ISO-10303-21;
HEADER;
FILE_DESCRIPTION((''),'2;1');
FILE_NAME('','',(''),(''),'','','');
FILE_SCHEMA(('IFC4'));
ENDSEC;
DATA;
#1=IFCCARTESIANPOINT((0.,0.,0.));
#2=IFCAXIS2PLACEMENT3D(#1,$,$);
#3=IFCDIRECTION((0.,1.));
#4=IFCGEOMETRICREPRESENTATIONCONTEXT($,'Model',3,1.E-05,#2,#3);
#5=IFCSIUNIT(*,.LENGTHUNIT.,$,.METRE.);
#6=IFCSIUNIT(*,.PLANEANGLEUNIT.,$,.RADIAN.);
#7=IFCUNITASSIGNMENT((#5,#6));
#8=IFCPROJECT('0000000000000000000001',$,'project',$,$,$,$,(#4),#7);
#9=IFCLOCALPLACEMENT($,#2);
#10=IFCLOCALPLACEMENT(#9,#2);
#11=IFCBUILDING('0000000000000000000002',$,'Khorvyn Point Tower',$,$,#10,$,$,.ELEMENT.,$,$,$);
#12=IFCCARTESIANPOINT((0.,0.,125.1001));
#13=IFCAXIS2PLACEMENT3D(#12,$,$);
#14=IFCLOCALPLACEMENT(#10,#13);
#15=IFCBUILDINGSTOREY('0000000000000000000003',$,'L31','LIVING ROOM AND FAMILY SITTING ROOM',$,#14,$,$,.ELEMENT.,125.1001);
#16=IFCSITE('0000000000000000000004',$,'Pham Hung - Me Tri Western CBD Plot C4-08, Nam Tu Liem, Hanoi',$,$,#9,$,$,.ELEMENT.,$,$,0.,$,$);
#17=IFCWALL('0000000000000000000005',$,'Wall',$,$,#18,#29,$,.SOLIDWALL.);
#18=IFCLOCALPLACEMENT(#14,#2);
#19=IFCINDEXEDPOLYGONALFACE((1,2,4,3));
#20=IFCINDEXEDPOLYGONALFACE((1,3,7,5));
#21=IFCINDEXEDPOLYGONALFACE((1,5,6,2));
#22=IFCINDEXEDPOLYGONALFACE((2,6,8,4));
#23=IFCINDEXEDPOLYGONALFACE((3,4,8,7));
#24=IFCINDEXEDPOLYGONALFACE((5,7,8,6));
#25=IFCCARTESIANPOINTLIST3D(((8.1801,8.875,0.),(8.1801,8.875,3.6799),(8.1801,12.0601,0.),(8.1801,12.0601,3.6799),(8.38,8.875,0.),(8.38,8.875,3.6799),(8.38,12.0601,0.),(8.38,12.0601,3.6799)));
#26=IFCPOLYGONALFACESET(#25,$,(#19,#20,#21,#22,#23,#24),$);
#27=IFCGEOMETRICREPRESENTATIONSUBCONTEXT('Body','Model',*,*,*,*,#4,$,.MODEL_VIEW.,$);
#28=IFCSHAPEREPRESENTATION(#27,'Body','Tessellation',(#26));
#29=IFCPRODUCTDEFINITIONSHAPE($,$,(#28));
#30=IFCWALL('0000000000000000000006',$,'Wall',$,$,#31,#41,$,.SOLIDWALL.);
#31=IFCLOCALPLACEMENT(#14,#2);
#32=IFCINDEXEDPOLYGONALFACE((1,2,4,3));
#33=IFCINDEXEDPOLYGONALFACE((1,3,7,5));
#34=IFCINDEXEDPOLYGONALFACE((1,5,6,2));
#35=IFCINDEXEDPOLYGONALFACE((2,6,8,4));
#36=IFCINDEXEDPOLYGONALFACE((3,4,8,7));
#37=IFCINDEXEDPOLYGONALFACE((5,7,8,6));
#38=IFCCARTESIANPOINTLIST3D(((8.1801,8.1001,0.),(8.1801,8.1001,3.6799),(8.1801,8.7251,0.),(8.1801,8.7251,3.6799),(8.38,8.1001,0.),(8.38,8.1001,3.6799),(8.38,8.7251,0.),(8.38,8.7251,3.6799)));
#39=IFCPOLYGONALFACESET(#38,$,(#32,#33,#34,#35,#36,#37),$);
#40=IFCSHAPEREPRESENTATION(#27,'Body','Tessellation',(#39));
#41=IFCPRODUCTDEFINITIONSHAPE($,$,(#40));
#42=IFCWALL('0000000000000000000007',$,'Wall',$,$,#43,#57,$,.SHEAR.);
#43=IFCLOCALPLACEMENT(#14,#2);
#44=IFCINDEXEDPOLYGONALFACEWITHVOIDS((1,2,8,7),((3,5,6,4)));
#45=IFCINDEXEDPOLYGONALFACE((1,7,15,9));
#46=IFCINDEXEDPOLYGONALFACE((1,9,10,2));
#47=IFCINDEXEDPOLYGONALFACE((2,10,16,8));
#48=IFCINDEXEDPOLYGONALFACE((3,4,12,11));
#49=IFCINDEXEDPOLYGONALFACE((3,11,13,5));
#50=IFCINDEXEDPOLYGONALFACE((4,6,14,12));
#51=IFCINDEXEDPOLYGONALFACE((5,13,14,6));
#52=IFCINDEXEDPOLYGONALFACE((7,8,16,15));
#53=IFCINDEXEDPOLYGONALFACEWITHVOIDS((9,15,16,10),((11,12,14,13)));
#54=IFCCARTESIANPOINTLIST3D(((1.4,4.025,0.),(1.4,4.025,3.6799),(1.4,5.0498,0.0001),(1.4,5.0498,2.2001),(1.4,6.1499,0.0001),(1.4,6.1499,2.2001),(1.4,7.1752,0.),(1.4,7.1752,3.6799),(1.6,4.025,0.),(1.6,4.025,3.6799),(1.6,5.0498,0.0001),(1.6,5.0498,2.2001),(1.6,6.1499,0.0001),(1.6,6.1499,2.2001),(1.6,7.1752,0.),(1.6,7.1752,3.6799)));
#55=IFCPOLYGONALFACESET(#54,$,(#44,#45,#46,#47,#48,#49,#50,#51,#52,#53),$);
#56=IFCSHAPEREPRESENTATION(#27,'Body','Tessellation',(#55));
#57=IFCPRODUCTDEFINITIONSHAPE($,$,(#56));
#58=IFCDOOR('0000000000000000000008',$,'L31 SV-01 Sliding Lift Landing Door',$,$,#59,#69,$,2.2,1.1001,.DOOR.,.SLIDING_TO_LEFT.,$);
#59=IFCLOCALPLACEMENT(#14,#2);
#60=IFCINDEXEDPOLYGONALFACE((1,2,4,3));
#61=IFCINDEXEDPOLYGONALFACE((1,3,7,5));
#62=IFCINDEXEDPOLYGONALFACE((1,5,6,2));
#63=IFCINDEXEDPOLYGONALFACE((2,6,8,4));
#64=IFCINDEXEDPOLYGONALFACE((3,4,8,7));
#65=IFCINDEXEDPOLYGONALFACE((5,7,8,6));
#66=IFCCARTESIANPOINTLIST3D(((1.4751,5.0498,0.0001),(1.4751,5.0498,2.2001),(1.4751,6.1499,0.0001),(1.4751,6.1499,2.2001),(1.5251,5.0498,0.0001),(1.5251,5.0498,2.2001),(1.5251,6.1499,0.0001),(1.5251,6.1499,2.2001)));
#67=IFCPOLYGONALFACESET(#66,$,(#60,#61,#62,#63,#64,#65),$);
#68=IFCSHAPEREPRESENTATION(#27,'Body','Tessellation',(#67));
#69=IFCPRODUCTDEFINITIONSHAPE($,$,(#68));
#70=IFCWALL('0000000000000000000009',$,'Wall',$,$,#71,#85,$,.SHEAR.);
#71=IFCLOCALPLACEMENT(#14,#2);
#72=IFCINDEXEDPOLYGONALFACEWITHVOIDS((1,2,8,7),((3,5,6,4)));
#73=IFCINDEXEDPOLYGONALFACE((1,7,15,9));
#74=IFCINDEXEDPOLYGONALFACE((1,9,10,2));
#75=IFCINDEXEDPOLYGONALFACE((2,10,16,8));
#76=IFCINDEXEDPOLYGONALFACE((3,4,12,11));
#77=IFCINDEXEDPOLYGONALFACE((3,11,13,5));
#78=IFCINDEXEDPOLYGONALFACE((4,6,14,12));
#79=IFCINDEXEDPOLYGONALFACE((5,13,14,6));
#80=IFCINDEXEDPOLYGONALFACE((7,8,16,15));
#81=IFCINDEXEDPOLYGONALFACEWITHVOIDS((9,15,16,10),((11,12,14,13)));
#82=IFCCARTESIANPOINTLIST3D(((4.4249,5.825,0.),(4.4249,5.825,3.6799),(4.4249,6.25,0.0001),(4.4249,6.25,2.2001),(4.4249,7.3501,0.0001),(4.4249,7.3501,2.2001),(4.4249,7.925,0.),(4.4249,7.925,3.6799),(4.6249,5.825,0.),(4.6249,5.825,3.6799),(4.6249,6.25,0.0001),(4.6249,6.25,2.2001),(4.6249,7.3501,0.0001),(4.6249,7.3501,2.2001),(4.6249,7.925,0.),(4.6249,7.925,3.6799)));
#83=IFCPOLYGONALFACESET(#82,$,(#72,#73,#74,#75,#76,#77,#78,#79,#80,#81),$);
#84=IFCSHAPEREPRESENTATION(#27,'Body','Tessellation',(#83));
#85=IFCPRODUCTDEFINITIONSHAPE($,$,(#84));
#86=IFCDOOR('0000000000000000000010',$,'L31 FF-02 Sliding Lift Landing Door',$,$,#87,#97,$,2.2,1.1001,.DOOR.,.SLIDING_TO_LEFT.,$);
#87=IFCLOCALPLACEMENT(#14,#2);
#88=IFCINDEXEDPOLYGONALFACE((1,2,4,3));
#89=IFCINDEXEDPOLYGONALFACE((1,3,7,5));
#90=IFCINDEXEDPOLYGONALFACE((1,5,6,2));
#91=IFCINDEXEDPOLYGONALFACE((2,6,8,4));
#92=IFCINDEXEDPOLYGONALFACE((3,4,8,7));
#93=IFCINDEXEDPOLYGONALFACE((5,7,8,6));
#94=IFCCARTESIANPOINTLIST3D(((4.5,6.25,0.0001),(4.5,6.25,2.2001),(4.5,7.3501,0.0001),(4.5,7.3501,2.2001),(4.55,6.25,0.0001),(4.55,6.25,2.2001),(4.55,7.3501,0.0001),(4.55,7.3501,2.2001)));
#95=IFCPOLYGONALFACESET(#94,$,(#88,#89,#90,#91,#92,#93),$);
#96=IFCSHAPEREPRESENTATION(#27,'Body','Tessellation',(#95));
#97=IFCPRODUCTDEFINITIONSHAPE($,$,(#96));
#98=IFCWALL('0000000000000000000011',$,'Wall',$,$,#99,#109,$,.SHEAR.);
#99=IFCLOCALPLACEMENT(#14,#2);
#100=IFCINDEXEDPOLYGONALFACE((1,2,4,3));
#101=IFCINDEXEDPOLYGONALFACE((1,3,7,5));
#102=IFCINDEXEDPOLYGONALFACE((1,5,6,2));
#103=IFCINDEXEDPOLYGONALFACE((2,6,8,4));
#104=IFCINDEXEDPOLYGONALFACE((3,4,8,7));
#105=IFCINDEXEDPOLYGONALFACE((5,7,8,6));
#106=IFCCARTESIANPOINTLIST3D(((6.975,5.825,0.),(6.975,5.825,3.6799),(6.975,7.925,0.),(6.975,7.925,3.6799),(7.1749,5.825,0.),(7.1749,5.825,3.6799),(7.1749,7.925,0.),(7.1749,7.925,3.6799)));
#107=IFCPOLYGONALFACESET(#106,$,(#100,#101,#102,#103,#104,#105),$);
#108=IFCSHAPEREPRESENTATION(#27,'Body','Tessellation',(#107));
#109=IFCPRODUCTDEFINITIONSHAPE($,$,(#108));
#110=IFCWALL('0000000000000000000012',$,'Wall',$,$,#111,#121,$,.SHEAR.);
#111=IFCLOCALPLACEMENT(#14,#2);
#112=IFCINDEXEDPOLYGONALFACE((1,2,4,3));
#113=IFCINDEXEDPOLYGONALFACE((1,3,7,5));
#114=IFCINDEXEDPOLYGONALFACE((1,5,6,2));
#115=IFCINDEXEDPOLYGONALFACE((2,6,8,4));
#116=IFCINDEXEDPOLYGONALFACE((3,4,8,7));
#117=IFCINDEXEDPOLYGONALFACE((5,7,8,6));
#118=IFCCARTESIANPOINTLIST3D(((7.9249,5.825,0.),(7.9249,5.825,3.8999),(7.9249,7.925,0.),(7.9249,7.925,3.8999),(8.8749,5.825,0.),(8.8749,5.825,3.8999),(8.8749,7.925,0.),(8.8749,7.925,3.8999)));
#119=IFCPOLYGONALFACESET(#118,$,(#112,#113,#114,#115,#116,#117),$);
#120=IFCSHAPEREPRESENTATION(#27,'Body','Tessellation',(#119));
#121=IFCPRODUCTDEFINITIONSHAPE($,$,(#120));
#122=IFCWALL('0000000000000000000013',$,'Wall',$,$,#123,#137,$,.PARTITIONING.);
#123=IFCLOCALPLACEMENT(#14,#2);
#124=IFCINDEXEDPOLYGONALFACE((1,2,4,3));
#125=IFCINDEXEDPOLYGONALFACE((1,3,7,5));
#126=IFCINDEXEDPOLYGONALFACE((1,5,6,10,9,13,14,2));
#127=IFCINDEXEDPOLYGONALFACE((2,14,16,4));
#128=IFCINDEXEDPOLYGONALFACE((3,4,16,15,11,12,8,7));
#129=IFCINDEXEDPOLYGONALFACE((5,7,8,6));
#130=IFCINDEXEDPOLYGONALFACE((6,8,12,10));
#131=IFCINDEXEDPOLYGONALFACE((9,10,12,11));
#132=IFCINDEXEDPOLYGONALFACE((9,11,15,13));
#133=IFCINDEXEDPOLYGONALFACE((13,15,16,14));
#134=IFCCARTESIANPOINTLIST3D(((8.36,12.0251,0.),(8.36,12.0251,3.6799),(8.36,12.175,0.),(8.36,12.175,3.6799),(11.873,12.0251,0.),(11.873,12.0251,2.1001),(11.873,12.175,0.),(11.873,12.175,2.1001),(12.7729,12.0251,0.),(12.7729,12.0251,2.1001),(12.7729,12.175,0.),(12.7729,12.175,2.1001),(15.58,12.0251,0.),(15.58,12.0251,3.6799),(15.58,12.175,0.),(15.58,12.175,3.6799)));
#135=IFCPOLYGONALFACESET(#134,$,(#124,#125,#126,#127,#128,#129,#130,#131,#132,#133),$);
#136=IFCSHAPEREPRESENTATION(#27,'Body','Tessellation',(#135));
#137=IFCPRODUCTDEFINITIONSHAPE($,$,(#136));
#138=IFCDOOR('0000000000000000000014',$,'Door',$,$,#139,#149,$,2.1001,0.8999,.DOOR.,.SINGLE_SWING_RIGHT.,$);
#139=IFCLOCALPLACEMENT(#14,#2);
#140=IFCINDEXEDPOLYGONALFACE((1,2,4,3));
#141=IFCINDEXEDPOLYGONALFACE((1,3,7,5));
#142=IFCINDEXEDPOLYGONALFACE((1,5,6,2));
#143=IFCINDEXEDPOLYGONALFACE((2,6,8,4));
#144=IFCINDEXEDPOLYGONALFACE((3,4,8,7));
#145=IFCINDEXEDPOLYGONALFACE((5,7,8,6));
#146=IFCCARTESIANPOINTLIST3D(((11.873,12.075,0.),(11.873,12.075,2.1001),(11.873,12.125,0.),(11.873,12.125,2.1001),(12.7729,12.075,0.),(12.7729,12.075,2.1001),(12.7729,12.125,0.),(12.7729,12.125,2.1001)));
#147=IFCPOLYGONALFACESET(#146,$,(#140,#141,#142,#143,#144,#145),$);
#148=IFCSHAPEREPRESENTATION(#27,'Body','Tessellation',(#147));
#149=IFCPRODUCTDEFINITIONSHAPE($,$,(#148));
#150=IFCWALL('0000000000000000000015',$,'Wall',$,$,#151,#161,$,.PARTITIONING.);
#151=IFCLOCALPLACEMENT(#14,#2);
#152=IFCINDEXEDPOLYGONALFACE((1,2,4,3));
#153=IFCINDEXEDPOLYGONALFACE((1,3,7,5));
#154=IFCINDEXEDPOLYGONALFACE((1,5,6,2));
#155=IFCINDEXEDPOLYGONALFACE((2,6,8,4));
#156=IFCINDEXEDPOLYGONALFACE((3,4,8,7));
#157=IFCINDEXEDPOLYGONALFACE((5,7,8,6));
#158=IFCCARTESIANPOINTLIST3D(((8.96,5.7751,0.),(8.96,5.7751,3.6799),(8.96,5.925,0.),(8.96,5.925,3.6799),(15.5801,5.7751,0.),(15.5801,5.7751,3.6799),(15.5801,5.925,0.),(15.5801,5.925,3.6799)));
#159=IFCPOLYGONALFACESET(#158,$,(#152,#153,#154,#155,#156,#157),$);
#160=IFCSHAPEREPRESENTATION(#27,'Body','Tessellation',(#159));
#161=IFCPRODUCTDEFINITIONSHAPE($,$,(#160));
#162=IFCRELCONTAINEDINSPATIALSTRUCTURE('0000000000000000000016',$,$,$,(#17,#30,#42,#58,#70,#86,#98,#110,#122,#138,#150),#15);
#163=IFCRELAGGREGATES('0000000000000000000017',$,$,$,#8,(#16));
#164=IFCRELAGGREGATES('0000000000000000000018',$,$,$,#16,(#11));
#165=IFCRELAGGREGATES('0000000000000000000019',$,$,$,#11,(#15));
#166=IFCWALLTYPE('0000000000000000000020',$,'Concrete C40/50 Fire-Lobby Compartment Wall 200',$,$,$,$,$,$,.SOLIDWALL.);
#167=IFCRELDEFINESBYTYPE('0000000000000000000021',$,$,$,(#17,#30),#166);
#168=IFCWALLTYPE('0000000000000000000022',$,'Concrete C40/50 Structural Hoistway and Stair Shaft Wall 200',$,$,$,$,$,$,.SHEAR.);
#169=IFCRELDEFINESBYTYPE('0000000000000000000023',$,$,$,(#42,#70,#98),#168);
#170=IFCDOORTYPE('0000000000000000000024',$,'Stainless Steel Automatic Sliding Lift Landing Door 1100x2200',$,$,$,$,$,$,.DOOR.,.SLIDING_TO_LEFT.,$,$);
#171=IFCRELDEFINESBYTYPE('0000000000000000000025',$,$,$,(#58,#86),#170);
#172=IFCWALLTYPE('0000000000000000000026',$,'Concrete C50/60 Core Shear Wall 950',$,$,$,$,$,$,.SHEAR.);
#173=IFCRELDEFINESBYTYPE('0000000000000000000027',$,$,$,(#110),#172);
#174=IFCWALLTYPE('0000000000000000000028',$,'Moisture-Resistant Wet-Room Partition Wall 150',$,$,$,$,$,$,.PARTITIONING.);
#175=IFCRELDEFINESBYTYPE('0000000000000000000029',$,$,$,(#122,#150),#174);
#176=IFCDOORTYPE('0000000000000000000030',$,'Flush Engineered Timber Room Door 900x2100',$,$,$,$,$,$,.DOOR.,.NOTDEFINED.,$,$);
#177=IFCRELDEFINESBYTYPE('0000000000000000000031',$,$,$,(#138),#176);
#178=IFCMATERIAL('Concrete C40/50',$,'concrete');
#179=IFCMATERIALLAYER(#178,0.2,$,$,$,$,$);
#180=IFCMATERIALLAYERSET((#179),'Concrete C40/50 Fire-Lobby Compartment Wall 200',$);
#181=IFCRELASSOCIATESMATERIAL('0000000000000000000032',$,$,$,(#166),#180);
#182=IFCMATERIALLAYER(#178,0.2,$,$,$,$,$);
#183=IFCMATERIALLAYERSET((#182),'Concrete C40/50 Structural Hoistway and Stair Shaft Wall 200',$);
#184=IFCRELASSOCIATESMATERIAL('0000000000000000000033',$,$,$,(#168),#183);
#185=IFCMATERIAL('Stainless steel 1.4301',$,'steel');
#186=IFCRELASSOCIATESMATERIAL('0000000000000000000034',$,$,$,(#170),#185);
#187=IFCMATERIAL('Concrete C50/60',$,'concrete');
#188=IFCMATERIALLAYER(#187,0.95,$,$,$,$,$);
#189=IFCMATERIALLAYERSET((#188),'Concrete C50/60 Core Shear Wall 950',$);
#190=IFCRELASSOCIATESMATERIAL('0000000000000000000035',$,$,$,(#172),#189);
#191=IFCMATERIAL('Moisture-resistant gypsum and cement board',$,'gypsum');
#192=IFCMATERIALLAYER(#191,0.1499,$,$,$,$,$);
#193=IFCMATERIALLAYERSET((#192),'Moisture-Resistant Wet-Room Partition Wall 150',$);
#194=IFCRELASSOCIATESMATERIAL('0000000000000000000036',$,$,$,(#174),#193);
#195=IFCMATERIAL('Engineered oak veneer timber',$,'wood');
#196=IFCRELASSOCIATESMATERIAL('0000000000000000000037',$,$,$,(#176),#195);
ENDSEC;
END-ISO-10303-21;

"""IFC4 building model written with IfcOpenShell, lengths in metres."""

from ifc_helpers import new_model, si_unit, direction, frame, frame_2d, origin, place, context, subcontext, project, spatial, rectangle, extrude, material, layer, layer_set, type_object, element, fill, save


model = new_model("IFC4")

# Units and contexts
model_context = context("Model", 3, precision=1e-05, world=origin(), true_north=direction((0.0, 1.0)))
body_context = subcontext(model_context, "Body", "Model", "MODEL_VIEW")
ifc_project = project(units=[si_unit("LENGTHUNIT", "METRE"), si_unit("PLANEANGLEUNIT", "RADIAN")], contexts=[model_context])

# Site, building, storey
site_placement = place(None, origin())
site = spatial("IfcSite", under=ifc_project, at=site_placement, Name="Pham Hung - Me Tri Western CBD Plot C4-08, Nam Tu Liem, Hanoi", CompositionType="ELEMENT", RefElevation=0.0)
building_placement = place(site_placement, origin())
building = spatial("IfcBuilding", under=site, at=building_placement, Name="Khorvyn Point Tower", CompositionType="ELEMENT")
storey_placement = place(building_placement, frame((0.0, 0.0, 125.1001)))
storey = spatial("IfcBuildingStorey", under=building, at=storey_placement, Name="L31", Description="LIVING ROOM AND FAMILY SITTING ROOM", CompositionType="ELEMENT", Elevation=125.1001)

# Shared definitions
ifc_material_1 = material(Name="Concrete C40/50", Category="concrete")
ifc_material_2 = material(Name="Concrete C50/60", Category="concrete")

# Shared definitions
ifc_layer_1 = layer(ifc_material_1, 0.2)
ifc_layer_set_1 = layer_set([ifc_layer_1], Name="Concrete C40/50 Fire-Lobby Compartment Wall 200")
wall_type_1 = type_object("IfcWallType", Name="Concrete C40/50 Fire-Lobby Compartment Wall 200", PredefinedType="SOLIDWALL", material=ifc_layer_set_1)

# Walls
wall_1_placement = place(storey_placement, frame((8.28, 8.875, 0.0), z_axis=(0.0, 0.0, 1.0), x_axis=(0.0, 1.0, 0.0)))
element("IfcWall", 1, at=wall_1_placement, inside=storey, type_object=wall_type_1, Name="Wall", PredefinedType="SOLIDWALL", context=body_context, shape_type="SweptSolid", body=[
    extrude(rectangle(XDim=3.1851, YDim=0.2, at=frame_2d((1.5925, 0.0))), origin(), (0.0, 0.0, 1.0), 3.6799),
])
wall_2_placement = place(storey_placement, frame((8.28, 8.1001, 0.0), z_axis=(0.0, 0.0, 1.0), x_axis=(0.0, 1.0, 0.0)))
element("IfcWall", 2, at=wall_2_placement, inside=storey, type_object=wall_type_1, Name="Wall", PredefinedType="SOLIDWALL", context=body_context, shape_type="SweptSolid", body=[
    extrude(rectangle(XDim=0.625, YDim=0.2, at=frame_2d((0.3125, 0.0))), origin(), (0.0, 0.0, 1.0), 3.6799),
])

# Walls, openings, doors
ifc_layer_2 = layer(ifc_material_1, 0.2)
ifc_layer_set_2 = layer_set([ifc_layer_2], Name="Concrete C40/50 Structural Hoistway and Stair Shaft Wall 200")
wall_type_2 = type_object("IfcWallType", Name="Concrete C40/50 Structural Hoistway and Stair Shaft Wall 200", PredefinedType="SHEAR", material=ifc_layer_set_2)
wall_3_placement = place(storey_placement, frame((1.5, 4.0249, 0.0), z_axis=(0.0, 0.0, 1.0), x_axis=(0.0, 1.0, 0.0)))
wall_3 = element("IfcWall", 3, at=wall_3_placement, inside=storey, type_object=wall_type_2, Name="Wall", PredefinedType="SHEAR", context=body_context, shape_type="SweptSolid", body=[
    extrude(rectangle(XDim=3.1501, YDim=0.2, at=frame_2d((1.5752, 0.0))), origin(), (0.0, 0.0, 1.0), 3.6799),
])
opening_1_placement = place(wall_3_placement, frame((1.0249, 0.0, 0.0)))
opening_1 = element("IfcOpeningElement", 4, at=opening_1_placement, cuts=wall_3, PredefinedType="OPENING", context=body_context, shape_type="SweptSolid", body=[
    extrude(rectangle(XDim=1.1001, YDim=2.2, at=frame_2d((0.55, 1.1001))), frame((0.0, 0.1099, 0.0), z_axis=(0.0, -1.0, 0.0), x_axis=(1.0, 0.0, 0.0)), (0.0, 0.0, 1.0), 0.22),
])
ifc_material_3 = material(Name="Stainless steel 1.4301", Category="steel")
door_type_1 = type_object("IfcDoorType", Name="Stainless Steel Automatic Sliding Lift Landing Door 1100x2200", OperationType="SLIDING_TO_LEFT", PredefinedType="DOOR", material=ifc_material_3)
door_1_placement = place(opening_1_placement, origin())
door_1 = element("IfcDoor", 5, at=door_1_placement, inside=storey, type_object=door_type_1, Name="L31 SV-01 Sliding Lift Landing Door", OperationType="SLIDING_TO_LEFT", OverallHeight=2.2, OverallWidth=1.1001, PredefinedType="DOOR", context=body_context, shape_type="SweptSolid", body=[
    extrude(rectangle(XDim=1.1001, YDim=2.2, at=frame_2d((0.55, 1.1001))), frame((0.0, 0.0249, 0.0), z_axis=(0.0, -1.0, 0.0), x_axis=(1.0, 0.0, 0.0)), (0.0, 0.0, 1.0), 0.05),
])
fill(opening_1, door_1)
wall_4_placement = place(storey_placement, frame((4.5249, 5.825, 0.0), z_axis=(0.0, 0.0, 1.0), x_axis=(0.0, 1.0, 0.0)))
wall_4 = element("IfcWall", 6, at=wall_4_placement, inside=storey, type_object=wall_type_2, Name="Wall", PredefinedType="SHEAR", context=body_context, shape_type="SweptSolid", body=[
    extrude(rectangle(XDim=2.1001, YDim=0.2, at=frame_2d((1.05, 0.0))), origin(), (0.0, 0.0, 1.0), 3.6799),
])
opening_2_placement = place(wall_4_placement, frame((0.425, 0.0, 0.0)))
opening_2 = element("IfcOpeningElement", 7, at=opening_2_placement, cuts=wall_4, PredefinedType="OPENING", context=body_context, shape_type="SweptSolid", body=[
    extrude(rectangle(XDim=1.1001, YDim=2.2, at=frame_2d((0.55, 1.1001))), frame((0.0, 0.1099, 0.0), z_axis=(0.0, -1.0, 0.0), x_axis=(1.0, 0.0, 0.0)), (0.0, 0.0, 1.0), 0.22),
])
door_2_placement = place(opening_2_placement, origin())
door_2 = element("IfcDoor", 8, at=door_2_placement, inside=storey, type_object=door_type_1, Name="L31 FF-02 Sliding Lift Landing Door", OperationType="SLIDING_TO_LEFT", OverallHeight=2.2, OverallWidth=1.1001, PredefinedType="DOOR", context=body_context, shape_type="SweptSolid", body=[
    extrude(rectangle(XDim=1.1001, YDim=2.2, at=frame_2d((0.55, 1.1001))), frame((0.0, 0.0249, 0.0), z_axis=(0.0, -1.0, 0.0), x_axis=(1.0, 0.0, 0.0)), (0.0, 0.0, 1.0), 0.05),
])
fill(opening_2, door_2)

# Walls
wall_5_placement = place(storey_placement, frame((7.075, 5.825, 0.0), z_axis=(0.0, 0.0, 1.0), x_axis=(0.0, 1.0, 0.0)))
element("IfcWall", 9, at=wall_5_placement, inside=storey, type_object=wall_type_2, Name="Wall", PredefinedType="SHEAR", context=body_context, shape_type="SweptSolid", body=[
    extrude(rectangle(XDim=2.1001, YDim=0.2, at=frame_2d((1.05, 0.0))), origin(), (0.0, 0.0, 1.0), 3.6799),
])
ifc_layer_3 = layer(ifc_material_2, 0.95)
ifc_layer_set_3 = layer_set([ifc_layer_3], Name="Concrete C50/60 Core Shear Wall 950")
wall_type_3 = type_object("IfcWallType", Name="Concrete C50/60 Core Shear Wall 950", PredefinedType="SHEAR", material=ifc_layer_set_3)
wall_6_placement = place(storey_placement, frame((8.3999, 5.825, 0.0), z_axis=(0.0, 0.0, 1.0), x_axis=(0.0, 1.0, 0.0)))
element("IfcWall", 10, at=wall_6_placement, inside=storey, type_object=wall_type_3, Name="Wall", PredefinedType="SHEAR", context=body_context, shape_type="SweptSolid", body=[
    extrude(rectangle(XDim=2.1001, YDim=0.95, at=frame_2d((1.05, 0.0))), origin(), (0.0, 0.0, 1.0), 3.8999),
])

# Wall, opening, door
ifc_material_4 = material(Name="Moisture-resistant gypsum and cement board", Category="gypsum")
ifc_layer_4 = layer(ifc_material_4, 0.1499)
ifc_layer_set_4 = layer_set([ifc_layer_4], Name="Moisture-Resistant Wet-Room Partition Wall 150")
wall_type_4 = type_object("IfcWallType", Name="Moisture-Resistant Wet-Room Partition Wall 150", PredefinedType="PARTITIONING", material=ifc_layer_set_4)
wall_7_placement = place(storey_placement, frame((8.3601, 12.1001, 0.0), z_axis=(0.0, 0.0, 1.0), x_axis=(1.0, 0.0, 0.0)))
wall_7 = element("IfcWall", 11, at=wall_7_placement, inside=storey, type_object=wall_type_4, Name="Wall", PredefinedType="PARTITIONING", context=body_context, shape_type="SweptSolid", body=[
    extrude(rectangle(XDim=7.22, YDim=0.1499, at=frame_2d((3.6099, 0.0))), origin(), (0.0, 0.0, 1.0), 3.6799),
])
opening_3_placement = place(wall_7_placement, frame((3.5129, 0.0, 0.0)))
opening_3 = element("IfcOpeningElement", 12, at=opening_3_placement, cuts=wall_7, PredefinedType="OPENING", context=body_context, shape_type="SweptSolid", body=[
    extrude(rectangle(XDim=0.8999, YDim=2.1001, at=frame_2d((0.45, 1.05))), frame((0.0, 0.085, 0.0), z_axis=(0.0, -1.0, 0.0), x_axis=(1.0, 0.0, 0.0)), (0.0, 0.0, 1.0), 0.1699),
])
ifc_material_5 = material(Name="Engineered oak veneer timber", Category="wood")
door_type_2 = type_object("IfcDoorType", Name="Flush Engineered Timber Room Door 900x2100", OperationType="NOTDEFINED", PredefinedType="DOOR", material=ifc_material_5)
door_3_placement = place(opening_3_placement, origin())
door_3 = element("IfcDoor", 13, at=door_3_placement, inside=storey, type_object=door_type_2, Name="Door", OperationType="SINGLE_SWING_RIGHT", OverallHeight=2.1001, OverallWidth=0.8999, PredefinedType="DOOR", context=body_context, shape_type="SweptSolid", body=[
    extrude(rectangle(XDim=0.8999, YDim=2.1001, at=frame_2d((0.45, 1.05))), frame((0.0, 0.0249, 0.0), z_axis=(0.0, -1.0, 0.0), x_axis=(1.0, 0.0, 0.0)), (0.0, 0.0, 1.0), 0.05),
])
fill(opening_3, door_3)

# Wall
wall_8_placement = place(storey_placement, frame((8.96, 5.8501, 0.0), z_axis=(0.0, 0.0, 1.0), x_axis=(1.0, 0.0, 0.0)))
element("IfcWall", 14, at=wall_8_placement, inside=storey, type_object=wall_type_4, Name="Wall", PredefinedType="PARTITIONING", context=body_context, shape_type="SweptSolid", body=[
    extrude(rectangle(XDim=6.6201, YDim=0.1499, at=frame_2d((3.3101, 0.0))), origin(), (0.0, 0.0, 1.0), 3.6799),
])

save(model, "model.ifc")
